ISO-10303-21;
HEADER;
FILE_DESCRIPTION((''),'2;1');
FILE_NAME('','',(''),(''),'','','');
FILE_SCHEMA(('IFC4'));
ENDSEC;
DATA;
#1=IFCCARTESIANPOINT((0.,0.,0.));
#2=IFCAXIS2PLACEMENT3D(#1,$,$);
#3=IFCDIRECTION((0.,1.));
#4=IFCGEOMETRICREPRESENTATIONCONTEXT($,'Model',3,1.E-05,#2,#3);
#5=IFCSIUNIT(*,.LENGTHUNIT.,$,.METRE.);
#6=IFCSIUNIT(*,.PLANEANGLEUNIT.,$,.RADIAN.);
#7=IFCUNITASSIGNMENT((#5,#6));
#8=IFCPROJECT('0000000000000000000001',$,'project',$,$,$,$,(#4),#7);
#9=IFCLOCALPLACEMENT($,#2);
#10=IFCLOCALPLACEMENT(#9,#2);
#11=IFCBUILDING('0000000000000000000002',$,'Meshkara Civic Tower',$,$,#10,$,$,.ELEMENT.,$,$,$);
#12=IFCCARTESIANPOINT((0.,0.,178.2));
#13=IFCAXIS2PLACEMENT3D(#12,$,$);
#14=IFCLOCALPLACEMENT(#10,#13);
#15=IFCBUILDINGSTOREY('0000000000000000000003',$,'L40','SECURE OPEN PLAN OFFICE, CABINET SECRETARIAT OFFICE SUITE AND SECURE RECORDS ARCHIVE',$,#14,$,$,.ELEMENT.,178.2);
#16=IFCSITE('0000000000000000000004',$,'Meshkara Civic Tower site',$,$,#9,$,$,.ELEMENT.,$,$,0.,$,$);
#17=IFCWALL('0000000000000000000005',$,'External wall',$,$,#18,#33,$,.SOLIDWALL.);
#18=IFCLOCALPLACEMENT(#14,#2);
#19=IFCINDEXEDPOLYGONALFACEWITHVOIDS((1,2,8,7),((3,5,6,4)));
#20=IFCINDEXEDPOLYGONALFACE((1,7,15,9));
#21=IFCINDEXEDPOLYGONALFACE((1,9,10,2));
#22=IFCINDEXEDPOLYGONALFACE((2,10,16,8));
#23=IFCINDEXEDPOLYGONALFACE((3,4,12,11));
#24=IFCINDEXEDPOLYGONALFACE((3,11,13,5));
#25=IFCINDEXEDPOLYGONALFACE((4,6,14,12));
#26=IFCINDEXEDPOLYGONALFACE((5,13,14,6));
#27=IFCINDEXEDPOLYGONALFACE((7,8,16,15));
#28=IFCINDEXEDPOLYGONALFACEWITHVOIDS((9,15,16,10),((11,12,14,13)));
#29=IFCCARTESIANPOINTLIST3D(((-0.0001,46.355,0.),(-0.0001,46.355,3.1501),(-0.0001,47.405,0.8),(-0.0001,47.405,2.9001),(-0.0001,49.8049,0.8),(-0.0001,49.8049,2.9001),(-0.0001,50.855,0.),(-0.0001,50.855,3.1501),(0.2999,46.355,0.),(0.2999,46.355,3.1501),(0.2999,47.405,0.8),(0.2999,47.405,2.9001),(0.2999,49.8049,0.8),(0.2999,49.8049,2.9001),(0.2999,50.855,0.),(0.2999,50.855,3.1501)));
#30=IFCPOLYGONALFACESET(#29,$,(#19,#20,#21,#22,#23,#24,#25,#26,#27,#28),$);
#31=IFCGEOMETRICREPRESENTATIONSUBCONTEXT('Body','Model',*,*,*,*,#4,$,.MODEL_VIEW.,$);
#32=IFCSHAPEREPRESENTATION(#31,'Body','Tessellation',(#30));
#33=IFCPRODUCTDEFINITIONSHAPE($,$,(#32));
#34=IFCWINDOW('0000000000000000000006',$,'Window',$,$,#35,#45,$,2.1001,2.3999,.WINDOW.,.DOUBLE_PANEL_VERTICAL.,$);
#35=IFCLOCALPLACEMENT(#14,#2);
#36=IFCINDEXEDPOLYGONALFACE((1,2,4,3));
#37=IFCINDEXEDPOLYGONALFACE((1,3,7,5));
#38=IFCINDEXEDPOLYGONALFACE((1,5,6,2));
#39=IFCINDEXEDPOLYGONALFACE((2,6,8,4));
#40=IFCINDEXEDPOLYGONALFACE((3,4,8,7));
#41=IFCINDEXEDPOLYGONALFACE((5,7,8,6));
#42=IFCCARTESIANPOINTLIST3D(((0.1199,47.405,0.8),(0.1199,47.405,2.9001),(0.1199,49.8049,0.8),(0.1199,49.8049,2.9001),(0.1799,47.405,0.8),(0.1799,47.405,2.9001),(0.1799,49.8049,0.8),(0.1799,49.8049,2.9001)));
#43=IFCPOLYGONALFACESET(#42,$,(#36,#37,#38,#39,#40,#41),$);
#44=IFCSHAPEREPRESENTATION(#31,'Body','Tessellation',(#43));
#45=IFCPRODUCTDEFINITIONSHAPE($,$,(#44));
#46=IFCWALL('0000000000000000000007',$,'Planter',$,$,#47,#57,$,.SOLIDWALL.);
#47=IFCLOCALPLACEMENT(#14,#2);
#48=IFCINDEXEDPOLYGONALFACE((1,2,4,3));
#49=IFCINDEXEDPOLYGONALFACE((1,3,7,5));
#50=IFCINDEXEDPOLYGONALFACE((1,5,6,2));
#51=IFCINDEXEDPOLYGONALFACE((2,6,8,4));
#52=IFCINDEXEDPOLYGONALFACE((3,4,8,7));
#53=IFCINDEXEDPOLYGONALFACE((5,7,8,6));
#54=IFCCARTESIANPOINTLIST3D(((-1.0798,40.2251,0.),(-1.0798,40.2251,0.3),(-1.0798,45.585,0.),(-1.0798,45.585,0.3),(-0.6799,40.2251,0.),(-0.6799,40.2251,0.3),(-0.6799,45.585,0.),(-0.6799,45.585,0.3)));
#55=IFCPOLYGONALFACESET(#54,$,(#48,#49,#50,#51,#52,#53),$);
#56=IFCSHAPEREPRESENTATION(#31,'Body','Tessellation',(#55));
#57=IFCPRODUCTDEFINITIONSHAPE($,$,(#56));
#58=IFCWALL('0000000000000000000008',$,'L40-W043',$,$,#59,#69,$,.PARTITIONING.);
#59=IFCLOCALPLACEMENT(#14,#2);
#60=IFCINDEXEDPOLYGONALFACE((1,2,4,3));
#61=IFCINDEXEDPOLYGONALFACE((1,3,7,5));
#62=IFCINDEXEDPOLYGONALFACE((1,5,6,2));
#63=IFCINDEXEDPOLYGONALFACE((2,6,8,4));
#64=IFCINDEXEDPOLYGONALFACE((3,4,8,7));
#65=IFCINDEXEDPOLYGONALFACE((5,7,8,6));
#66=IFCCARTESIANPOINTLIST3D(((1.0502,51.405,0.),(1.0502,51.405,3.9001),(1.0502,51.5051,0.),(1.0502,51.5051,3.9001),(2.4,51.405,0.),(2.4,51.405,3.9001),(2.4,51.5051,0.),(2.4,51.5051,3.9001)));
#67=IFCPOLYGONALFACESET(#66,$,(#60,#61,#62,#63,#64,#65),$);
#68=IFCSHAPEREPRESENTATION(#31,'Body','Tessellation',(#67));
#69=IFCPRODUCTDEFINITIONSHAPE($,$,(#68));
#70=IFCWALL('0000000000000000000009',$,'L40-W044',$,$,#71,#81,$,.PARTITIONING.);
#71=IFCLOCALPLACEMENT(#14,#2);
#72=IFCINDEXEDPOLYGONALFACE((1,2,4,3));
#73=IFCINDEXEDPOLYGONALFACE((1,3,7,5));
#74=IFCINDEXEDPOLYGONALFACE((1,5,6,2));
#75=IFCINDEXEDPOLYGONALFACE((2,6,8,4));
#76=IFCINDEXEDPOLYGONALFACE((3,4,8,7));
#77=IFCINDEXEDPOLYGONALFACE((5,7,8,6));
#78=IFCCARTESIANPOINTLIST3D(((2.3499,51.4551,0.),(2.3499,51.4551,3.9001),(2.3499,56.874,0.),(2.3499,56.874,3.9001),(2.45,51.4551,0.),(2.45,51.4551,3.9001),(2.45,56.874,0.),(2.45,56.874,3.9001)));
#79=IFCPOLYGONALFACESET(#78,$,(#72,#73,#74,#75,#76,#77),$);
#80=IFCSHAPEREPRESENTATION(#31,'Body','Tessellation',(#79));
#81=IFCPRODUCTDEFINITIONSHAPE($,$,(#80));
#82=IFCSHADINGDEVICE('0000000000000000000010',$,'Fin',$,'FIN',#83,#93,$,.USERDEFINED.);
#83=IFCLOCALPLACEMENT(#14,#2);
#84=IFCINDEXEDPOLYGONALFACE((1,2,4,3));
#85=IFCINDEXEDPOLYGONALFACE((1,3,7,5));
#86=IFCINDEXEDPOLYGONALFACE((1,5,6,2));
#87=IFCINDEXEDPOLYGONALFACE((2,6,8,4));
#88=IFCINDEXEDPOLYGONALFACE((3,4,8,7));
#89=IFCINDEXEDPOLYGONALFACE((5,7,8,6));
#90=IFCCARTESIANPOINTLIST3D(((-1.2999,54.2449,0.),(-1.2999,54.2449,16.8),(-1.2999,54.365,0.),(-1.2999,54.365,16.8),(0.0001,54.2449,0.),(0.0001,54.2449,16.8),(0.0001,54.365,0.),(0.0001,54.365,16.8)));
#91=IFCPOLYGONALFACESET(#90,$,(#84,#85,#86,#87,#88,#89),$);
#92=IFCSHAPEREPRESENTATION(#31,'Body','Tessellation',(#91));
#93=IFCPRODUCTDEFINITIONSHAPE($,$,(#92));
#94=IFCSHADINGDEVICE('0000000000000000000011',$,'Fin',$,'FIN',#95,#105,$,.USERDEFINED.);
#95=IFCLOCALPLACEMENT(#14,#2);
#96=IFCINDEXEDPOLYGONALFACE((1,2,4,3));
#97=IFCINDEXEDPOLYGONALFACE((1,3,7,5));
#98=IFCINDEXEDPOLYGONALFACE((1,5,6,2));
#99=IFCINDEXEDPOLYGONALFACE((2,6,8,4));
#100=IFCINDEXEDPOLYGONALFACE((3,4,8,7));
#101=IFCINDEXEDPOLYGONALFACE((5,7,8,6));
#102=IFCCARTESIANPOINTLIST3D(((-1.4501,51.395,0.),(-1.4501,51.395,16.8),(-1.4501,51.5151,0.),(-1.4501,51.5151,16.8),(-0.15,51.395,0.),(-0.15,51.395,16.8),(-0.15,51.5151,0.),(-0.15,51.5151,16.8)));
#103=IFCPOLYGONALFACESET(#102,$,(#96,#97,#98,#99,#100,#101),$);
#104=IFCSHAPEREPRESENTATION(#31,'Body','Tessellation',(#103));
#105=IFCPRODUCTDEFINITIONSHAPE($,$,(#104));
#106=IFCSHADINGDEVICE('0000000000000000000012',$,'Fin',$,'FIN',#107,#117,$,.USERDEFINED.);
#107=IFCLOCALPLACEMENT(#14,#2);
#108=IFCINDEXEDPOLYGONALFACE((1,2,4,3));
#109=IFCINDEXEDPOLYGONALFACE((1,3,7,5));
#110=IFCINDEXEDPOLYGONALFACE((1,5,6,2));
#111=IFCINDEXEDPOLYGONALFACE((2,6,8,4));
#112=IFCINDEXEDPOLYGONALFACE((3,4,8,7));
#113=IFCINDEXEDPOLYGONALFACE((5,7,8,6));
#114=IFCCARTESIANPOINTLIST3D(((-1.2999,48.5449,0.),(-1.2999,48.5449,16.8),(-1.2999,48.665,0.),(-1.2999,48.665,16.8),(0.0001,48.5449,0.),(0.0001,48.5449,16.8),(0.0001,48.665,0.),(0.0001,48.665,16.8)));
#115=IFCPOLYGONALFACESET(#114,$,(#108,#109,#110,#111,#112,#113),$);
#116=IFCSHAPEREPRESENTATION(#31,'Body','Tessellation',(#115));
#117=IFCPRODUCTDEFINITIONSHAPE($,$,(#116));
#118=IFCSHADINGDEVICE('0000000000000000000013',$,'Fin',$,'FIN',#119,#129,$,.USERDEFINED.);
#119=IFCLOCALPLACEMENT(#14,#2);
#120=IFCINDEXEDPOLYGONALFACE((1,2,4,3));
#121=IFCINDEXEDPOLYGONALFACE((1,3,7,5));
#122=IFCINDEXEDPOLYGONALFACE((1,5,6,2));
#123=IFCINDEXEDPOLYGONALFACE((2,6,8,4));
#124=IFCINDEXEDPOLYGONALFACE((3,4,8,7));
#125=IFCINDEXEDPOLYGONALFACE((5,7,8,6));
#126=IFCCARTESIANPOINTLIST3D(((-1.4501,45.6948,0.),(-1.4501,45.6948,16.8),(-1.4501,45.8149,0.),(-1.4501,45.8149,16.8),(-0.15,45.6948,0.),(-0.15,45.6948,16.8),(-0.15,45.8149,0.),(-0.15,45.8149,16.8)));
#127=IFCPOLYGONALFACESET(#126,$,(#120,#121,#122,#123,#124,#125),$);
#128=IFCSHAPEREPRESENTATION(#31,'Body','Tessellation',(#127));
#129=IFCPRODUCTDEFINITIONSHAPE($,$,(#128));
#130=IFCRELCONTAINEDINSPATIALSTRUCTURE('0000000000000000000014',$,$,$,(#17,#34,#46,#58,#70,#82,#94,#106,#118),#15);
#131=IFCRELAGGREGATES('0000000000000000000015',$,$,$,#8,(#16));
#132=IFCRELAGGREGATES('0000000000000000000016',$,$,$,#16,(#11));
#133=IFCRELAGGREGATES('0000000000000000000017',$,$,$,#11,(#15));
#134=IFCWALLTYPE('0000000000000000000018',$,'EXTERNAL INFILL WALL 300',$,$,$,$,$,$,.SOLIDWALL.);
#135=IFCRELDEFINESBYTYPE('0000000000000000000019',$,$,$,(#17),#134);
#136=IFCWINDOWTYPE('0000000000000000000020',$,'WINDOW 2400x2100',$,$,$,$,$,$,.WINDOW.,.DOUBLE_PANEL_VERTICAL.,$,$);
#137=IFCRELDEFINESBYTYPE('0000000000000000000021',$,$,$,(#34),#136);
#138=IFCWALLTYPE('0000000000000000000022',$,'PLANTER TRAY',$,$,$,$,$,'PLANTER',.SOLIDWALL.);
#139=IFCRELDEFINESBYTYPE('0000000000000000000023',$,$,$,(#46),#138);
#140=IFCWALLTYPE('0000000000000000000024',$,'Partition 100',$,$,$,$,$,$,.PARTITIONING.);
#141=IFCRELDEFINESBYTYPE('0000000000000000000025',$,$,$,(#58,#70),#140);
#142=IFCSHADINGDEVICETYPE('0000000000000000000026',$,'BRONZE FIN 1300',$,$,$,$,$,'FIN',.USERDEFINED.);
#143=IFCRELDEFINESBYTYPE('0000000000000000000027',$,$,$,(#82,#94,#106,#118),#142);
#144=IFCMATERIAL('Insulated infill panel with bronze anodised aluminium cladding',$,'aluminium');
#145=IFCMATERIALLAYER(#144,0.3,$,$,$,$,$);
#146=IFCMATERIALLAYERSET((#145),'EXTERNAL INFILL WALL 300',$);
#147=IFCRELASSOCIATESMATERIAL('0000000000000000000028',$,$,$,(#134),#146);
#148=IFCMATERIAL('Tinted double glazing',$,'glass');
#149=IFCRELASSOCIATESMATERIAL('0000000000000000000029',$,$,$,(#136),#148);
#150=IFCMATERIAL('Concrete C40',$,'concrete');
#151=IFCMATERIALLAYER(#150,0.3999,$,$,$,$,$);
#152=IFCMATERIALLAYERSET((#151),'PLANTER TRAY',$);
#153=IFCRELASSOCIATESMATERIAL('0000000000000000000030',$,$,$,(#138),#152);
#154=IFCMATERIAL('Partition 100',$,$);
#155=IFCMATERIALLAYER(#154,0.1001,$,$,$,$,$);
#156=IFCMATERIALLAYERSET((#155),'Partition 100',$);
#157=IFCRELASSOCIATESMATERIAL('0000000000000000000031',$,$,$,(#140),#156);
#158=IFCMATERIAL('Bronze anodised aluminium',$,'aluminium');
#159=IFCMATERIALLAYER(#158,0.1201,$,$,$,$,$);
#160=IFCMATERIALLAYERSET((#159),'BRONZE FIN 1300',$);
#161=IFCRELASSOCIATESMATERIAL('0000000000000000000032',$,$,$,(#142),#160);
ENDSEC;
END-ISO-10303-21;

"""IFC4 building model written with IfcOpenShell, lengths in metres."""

from ifc_helpers import new_model, si_unit, direction, frame, frame_2d, origin, origin_2d, place, context, subcontext, project, spatial, rectangle, extrude, material, layer, layer_set, type_object, element, fill, save


model = new_model("IFC4")

# Units and contexts
model_context = context("Model", 3, precision=1e-05, world=origin(), true_north=direction((0.0, 1.0)))
body_context = subcontext(model_context, "Body", "Model", "MODEL_VIEW")
ifc_project = project(units=[si_unit("LENGTHUNIT", "METRE"), si_unit("PLANEANGLEUNIT", "RADIAN")], contexts=[model_context])

# Site, building, storey
site_placement = place(None, origin())
site = spatial("IfcSite", under=ifc_project, at=site_placement, Name="Meshkara Civic Tower site", CompositionType="ELEMENT", RefElevation=0.0)
building_placement = place(site_placement, origin())
building = spatial("IfcBuilding", under=site, at=building_placement, Name="Meshkara Civic Tower", CompositionType="ELEMENT")
storey_placement = place(building_placement, frame((0.0, 0.0, 178.2)))
storey = spatial("IfcBuildingStorey", under=building, at=storey_placement, Name="L40", Description="SECURE OPEN PLAN OFFICE, CABINET SECRETARIAT OFFICE SUITE AND SECURE RECORDS ARCHIVE", CompositionType="ELEMENT", Elevation=178.2)

# Wall, opening, window
ifc_material_1 = material(Name="Insulated infill panel with bronze anodised aluminium cladding", Category="aluminium")
ifc_layer_1 = layer(ifc_material_1, 0.3)
ifc_layer_set_1 = layer_set([ifc_layer_1], Name="EXTERNAL INFILL WALL 300")
wall_type_1 = type_object("IfcWallType", Name="EXTERNAL INFILL WALL 300", PredefinedType="SOLIDWALL", material=ifc_layer_set_1)
ifc_material_2 = material(Name="Tinted double glazing", Category="glass")
window_type = type_object("IfcWindowType", Name="WINDOW 2400x2100", PartitioningType="DOUBLE_PANEL_VERTICAL", PredefinedType="WINDOW", material=ifc_material_2)
wall_1_placement = place(storey_placement, frame((0.1499, 50.855, 0.0), z_axis=(0.0, 0.0, 1.0), x_axis=(0.0, -1.0, 0.0)))
wall_1 = element("IfcWall", 1, at=wall_1_placement, inside=storey, type_object=wall_type_1, Name="External wall", PredefinedType="SOLIDWALL", context=body_context, shape_type="SweptSolid", body=[
    extrude(rectangle(XDim=4.5, YDim=0.3, at=frame_2d((2.25, 0.0))), origin(), (0.0, 0.0, 1.0), 3.1501),
])
opening_1_placement = place(wall_1_placement, frame((1.05, 0.0, 0.8)))
opening_1 = element("IfcOpeningElement", 2, at=opening_1_placement, cuts=wall_1, PredefinedType="OPENING", context=body_context, shape_type="SweptSolid", body=[
    extrude(rectangle(XDim=2.3999, YDim=2.1001, at=frame_2d((1.2, 1.05))), frame((0.0, 0.1599, 0.0), z_axis=(0.0, -1.0, 0.0), x_axis=(1.0, 0.0, 0.0)), (0.0, 0.0, 1.0), 0.3201),
])
window_1_placement = place(opening_1_placement, origin())
window_1 = element("IfcWindow", 3, at=window_1_placement, inside=storey, type_object=window_type, Name="Window", OverallHeight=2.1001, OverallWidth=2.3999, PartitioningType="DOUBLE_PANEL_VERTICAL", PredefinedType="WINDOW", context=body_context, shape_type="SweptSolid", body=[
    extrude(rectangle(XDim=2.3999, YDim=2.1001, at=frame_2d((1.2, 1.05))), frame((0.0, 0.03, 0.0), z_axis=(0.0, -1.0, 0.0), x_axis=(1.0, 0.0, 0.0)), (0.0, 0.0, 1.0), 0.0601),
])
fill(opening_1, window_1)

# Walls
ifc_material_3 = material(Name="Concrete C40", Category="concrete")
ifc_layer_2 = layer(ifc_material_3, 0.3999)
ifc_layer_set_2 = layer_set([ifc_layer_2], Name="PLANTER TRAY")
wall_type_2 = type_object("IfcWallType", Name="PLANTER TRAY", ElementType="PLANTER", PredefinedType="SOLIDWALL", material=ifc_layer_set_2)
wall_2_placement = place(storey_placement, frame((-0.8799, 45.585, 0.0), z_axis=(0.0, 0.0, 1.0), x_axis=(0.0, -1.0, 0.0)))
element("IfcWall", 4, at=wall_2_placement, inside=storey, type_object=wall_type_2, Name="Planter", PredefinedType="SOLIDWALL", context=body_context, shape_type="SweptSolid", body=[
    extrude(rectangle(XDim=5.3599, YDim=0.3999, at=frame_2d((2.6799, 0.0))), origin(), (0.0, 0.0, 1.0), 0.3),
])
ifc_material_4 = material(Name="Partition 100")
ifc_layer_3 = layer(ifc_material_4, 0.1001)
ifc_layer_set_3 = layer_set([ifc_layer_3], Name="Partition 100")
wall_type_3 = type_object("IfcWallType", Name="Partition 100", PredefinedType="PARTITIONING", material=ifc_layer_set_3)
wall_3_placement = place(storey_placement, frame((2.3999, 51.4551, 0.0), z_axis=(0.0, 0.0, 1.0), x_axis=(-1.0, 0.0, 0.0)))
element("IfcWall", 5, at=wall_3_placement, inside=storey, type_object=wall_type_3, Name="L40-W043", PredefinedType="PARTITIONING", context=body_context, shape_type="SweptSolid", body=[
    extrude(rectangle(XDim=1.3499, YDim=0.1001, at=frame_2d((0.6748, 0.0))), origin(), (0.0, 0.0, 1.0), 3.9001),
])
wall_4_placement = place(storey_placement, frame((2.3999, 56.874, 0.0), z_axis=(0.0, 0.0, 1.0), x_axis=(0.0, -1.0, 0.0)))
element("IfcWall", 6, at=wall_4_placement, inside=storey, type_object=wall_type_3, Name="L40-W044", PredefinedType="PARTITIONING", context=body_context, shape_type="SweptSolid", body=[
    extrude(rectangle(XDim=5.4189, YDim=0.1001, at=frame_2d((2.7095, 0.0))), origin(), (0.0, 0.0, 1.0), 3.9001),
])

# Shading devices
ifc_material_5 = material(Name="Bronze anodised aluminium", Category="aluminium")
ifc_layer_4 = layer(ifc_material_5, 0.1201)
ifc_layer_set_4 = layer_set([ifc_layer_4], Name="BRONZE FIN 1300")
shading_device_type = type_object("IfcShadingDeviceType", Name="BRONZE FIN 1300", ElementType="FIN", PredefinedType="USERDEFINED", material=ifc_layer_set_4)
for number, where, z_axis, x_axis, name in (
    (7, (-0.6499, 54.3049, 0.0), (0.0, 0.0, 1.0), (0.0, -1.0, 0.0), "Fin"),
    (8, (-0.8, 51.4551, 0.0), (0.0, 0.0, 1.0), (0.0, -1.0, 0.0), "Fin"),
    (9, (-0.6499, 48.605, 0.0), (0.0, 0.0, 1.0), (0.0, -1.0, 0.0), "Fin"),
    (10, (-0.8, 45.7549, 0.0), (0.0, 0.0, 1.0), (0.0, -1.0, 0.0), "Fin"),
):
    element("IfcShadingDevice", number, at=place(storey_placement, frame(where, z_axis=z_axis, x_axis=x_axis)), inside=storey, type_object=shading_device_type, Name=name, ObjectType="FIN", PredefinedType="USERDEFINED", context=body_context, shape_type="SweptSolid", body=[
        extrude(rectangle(XDim=0.1201, YDim=1.3, at=origin_2d()), origin(), (0.0, 0.0, 1.0), 16.8),
    ])

save(model, "model.ifc")
